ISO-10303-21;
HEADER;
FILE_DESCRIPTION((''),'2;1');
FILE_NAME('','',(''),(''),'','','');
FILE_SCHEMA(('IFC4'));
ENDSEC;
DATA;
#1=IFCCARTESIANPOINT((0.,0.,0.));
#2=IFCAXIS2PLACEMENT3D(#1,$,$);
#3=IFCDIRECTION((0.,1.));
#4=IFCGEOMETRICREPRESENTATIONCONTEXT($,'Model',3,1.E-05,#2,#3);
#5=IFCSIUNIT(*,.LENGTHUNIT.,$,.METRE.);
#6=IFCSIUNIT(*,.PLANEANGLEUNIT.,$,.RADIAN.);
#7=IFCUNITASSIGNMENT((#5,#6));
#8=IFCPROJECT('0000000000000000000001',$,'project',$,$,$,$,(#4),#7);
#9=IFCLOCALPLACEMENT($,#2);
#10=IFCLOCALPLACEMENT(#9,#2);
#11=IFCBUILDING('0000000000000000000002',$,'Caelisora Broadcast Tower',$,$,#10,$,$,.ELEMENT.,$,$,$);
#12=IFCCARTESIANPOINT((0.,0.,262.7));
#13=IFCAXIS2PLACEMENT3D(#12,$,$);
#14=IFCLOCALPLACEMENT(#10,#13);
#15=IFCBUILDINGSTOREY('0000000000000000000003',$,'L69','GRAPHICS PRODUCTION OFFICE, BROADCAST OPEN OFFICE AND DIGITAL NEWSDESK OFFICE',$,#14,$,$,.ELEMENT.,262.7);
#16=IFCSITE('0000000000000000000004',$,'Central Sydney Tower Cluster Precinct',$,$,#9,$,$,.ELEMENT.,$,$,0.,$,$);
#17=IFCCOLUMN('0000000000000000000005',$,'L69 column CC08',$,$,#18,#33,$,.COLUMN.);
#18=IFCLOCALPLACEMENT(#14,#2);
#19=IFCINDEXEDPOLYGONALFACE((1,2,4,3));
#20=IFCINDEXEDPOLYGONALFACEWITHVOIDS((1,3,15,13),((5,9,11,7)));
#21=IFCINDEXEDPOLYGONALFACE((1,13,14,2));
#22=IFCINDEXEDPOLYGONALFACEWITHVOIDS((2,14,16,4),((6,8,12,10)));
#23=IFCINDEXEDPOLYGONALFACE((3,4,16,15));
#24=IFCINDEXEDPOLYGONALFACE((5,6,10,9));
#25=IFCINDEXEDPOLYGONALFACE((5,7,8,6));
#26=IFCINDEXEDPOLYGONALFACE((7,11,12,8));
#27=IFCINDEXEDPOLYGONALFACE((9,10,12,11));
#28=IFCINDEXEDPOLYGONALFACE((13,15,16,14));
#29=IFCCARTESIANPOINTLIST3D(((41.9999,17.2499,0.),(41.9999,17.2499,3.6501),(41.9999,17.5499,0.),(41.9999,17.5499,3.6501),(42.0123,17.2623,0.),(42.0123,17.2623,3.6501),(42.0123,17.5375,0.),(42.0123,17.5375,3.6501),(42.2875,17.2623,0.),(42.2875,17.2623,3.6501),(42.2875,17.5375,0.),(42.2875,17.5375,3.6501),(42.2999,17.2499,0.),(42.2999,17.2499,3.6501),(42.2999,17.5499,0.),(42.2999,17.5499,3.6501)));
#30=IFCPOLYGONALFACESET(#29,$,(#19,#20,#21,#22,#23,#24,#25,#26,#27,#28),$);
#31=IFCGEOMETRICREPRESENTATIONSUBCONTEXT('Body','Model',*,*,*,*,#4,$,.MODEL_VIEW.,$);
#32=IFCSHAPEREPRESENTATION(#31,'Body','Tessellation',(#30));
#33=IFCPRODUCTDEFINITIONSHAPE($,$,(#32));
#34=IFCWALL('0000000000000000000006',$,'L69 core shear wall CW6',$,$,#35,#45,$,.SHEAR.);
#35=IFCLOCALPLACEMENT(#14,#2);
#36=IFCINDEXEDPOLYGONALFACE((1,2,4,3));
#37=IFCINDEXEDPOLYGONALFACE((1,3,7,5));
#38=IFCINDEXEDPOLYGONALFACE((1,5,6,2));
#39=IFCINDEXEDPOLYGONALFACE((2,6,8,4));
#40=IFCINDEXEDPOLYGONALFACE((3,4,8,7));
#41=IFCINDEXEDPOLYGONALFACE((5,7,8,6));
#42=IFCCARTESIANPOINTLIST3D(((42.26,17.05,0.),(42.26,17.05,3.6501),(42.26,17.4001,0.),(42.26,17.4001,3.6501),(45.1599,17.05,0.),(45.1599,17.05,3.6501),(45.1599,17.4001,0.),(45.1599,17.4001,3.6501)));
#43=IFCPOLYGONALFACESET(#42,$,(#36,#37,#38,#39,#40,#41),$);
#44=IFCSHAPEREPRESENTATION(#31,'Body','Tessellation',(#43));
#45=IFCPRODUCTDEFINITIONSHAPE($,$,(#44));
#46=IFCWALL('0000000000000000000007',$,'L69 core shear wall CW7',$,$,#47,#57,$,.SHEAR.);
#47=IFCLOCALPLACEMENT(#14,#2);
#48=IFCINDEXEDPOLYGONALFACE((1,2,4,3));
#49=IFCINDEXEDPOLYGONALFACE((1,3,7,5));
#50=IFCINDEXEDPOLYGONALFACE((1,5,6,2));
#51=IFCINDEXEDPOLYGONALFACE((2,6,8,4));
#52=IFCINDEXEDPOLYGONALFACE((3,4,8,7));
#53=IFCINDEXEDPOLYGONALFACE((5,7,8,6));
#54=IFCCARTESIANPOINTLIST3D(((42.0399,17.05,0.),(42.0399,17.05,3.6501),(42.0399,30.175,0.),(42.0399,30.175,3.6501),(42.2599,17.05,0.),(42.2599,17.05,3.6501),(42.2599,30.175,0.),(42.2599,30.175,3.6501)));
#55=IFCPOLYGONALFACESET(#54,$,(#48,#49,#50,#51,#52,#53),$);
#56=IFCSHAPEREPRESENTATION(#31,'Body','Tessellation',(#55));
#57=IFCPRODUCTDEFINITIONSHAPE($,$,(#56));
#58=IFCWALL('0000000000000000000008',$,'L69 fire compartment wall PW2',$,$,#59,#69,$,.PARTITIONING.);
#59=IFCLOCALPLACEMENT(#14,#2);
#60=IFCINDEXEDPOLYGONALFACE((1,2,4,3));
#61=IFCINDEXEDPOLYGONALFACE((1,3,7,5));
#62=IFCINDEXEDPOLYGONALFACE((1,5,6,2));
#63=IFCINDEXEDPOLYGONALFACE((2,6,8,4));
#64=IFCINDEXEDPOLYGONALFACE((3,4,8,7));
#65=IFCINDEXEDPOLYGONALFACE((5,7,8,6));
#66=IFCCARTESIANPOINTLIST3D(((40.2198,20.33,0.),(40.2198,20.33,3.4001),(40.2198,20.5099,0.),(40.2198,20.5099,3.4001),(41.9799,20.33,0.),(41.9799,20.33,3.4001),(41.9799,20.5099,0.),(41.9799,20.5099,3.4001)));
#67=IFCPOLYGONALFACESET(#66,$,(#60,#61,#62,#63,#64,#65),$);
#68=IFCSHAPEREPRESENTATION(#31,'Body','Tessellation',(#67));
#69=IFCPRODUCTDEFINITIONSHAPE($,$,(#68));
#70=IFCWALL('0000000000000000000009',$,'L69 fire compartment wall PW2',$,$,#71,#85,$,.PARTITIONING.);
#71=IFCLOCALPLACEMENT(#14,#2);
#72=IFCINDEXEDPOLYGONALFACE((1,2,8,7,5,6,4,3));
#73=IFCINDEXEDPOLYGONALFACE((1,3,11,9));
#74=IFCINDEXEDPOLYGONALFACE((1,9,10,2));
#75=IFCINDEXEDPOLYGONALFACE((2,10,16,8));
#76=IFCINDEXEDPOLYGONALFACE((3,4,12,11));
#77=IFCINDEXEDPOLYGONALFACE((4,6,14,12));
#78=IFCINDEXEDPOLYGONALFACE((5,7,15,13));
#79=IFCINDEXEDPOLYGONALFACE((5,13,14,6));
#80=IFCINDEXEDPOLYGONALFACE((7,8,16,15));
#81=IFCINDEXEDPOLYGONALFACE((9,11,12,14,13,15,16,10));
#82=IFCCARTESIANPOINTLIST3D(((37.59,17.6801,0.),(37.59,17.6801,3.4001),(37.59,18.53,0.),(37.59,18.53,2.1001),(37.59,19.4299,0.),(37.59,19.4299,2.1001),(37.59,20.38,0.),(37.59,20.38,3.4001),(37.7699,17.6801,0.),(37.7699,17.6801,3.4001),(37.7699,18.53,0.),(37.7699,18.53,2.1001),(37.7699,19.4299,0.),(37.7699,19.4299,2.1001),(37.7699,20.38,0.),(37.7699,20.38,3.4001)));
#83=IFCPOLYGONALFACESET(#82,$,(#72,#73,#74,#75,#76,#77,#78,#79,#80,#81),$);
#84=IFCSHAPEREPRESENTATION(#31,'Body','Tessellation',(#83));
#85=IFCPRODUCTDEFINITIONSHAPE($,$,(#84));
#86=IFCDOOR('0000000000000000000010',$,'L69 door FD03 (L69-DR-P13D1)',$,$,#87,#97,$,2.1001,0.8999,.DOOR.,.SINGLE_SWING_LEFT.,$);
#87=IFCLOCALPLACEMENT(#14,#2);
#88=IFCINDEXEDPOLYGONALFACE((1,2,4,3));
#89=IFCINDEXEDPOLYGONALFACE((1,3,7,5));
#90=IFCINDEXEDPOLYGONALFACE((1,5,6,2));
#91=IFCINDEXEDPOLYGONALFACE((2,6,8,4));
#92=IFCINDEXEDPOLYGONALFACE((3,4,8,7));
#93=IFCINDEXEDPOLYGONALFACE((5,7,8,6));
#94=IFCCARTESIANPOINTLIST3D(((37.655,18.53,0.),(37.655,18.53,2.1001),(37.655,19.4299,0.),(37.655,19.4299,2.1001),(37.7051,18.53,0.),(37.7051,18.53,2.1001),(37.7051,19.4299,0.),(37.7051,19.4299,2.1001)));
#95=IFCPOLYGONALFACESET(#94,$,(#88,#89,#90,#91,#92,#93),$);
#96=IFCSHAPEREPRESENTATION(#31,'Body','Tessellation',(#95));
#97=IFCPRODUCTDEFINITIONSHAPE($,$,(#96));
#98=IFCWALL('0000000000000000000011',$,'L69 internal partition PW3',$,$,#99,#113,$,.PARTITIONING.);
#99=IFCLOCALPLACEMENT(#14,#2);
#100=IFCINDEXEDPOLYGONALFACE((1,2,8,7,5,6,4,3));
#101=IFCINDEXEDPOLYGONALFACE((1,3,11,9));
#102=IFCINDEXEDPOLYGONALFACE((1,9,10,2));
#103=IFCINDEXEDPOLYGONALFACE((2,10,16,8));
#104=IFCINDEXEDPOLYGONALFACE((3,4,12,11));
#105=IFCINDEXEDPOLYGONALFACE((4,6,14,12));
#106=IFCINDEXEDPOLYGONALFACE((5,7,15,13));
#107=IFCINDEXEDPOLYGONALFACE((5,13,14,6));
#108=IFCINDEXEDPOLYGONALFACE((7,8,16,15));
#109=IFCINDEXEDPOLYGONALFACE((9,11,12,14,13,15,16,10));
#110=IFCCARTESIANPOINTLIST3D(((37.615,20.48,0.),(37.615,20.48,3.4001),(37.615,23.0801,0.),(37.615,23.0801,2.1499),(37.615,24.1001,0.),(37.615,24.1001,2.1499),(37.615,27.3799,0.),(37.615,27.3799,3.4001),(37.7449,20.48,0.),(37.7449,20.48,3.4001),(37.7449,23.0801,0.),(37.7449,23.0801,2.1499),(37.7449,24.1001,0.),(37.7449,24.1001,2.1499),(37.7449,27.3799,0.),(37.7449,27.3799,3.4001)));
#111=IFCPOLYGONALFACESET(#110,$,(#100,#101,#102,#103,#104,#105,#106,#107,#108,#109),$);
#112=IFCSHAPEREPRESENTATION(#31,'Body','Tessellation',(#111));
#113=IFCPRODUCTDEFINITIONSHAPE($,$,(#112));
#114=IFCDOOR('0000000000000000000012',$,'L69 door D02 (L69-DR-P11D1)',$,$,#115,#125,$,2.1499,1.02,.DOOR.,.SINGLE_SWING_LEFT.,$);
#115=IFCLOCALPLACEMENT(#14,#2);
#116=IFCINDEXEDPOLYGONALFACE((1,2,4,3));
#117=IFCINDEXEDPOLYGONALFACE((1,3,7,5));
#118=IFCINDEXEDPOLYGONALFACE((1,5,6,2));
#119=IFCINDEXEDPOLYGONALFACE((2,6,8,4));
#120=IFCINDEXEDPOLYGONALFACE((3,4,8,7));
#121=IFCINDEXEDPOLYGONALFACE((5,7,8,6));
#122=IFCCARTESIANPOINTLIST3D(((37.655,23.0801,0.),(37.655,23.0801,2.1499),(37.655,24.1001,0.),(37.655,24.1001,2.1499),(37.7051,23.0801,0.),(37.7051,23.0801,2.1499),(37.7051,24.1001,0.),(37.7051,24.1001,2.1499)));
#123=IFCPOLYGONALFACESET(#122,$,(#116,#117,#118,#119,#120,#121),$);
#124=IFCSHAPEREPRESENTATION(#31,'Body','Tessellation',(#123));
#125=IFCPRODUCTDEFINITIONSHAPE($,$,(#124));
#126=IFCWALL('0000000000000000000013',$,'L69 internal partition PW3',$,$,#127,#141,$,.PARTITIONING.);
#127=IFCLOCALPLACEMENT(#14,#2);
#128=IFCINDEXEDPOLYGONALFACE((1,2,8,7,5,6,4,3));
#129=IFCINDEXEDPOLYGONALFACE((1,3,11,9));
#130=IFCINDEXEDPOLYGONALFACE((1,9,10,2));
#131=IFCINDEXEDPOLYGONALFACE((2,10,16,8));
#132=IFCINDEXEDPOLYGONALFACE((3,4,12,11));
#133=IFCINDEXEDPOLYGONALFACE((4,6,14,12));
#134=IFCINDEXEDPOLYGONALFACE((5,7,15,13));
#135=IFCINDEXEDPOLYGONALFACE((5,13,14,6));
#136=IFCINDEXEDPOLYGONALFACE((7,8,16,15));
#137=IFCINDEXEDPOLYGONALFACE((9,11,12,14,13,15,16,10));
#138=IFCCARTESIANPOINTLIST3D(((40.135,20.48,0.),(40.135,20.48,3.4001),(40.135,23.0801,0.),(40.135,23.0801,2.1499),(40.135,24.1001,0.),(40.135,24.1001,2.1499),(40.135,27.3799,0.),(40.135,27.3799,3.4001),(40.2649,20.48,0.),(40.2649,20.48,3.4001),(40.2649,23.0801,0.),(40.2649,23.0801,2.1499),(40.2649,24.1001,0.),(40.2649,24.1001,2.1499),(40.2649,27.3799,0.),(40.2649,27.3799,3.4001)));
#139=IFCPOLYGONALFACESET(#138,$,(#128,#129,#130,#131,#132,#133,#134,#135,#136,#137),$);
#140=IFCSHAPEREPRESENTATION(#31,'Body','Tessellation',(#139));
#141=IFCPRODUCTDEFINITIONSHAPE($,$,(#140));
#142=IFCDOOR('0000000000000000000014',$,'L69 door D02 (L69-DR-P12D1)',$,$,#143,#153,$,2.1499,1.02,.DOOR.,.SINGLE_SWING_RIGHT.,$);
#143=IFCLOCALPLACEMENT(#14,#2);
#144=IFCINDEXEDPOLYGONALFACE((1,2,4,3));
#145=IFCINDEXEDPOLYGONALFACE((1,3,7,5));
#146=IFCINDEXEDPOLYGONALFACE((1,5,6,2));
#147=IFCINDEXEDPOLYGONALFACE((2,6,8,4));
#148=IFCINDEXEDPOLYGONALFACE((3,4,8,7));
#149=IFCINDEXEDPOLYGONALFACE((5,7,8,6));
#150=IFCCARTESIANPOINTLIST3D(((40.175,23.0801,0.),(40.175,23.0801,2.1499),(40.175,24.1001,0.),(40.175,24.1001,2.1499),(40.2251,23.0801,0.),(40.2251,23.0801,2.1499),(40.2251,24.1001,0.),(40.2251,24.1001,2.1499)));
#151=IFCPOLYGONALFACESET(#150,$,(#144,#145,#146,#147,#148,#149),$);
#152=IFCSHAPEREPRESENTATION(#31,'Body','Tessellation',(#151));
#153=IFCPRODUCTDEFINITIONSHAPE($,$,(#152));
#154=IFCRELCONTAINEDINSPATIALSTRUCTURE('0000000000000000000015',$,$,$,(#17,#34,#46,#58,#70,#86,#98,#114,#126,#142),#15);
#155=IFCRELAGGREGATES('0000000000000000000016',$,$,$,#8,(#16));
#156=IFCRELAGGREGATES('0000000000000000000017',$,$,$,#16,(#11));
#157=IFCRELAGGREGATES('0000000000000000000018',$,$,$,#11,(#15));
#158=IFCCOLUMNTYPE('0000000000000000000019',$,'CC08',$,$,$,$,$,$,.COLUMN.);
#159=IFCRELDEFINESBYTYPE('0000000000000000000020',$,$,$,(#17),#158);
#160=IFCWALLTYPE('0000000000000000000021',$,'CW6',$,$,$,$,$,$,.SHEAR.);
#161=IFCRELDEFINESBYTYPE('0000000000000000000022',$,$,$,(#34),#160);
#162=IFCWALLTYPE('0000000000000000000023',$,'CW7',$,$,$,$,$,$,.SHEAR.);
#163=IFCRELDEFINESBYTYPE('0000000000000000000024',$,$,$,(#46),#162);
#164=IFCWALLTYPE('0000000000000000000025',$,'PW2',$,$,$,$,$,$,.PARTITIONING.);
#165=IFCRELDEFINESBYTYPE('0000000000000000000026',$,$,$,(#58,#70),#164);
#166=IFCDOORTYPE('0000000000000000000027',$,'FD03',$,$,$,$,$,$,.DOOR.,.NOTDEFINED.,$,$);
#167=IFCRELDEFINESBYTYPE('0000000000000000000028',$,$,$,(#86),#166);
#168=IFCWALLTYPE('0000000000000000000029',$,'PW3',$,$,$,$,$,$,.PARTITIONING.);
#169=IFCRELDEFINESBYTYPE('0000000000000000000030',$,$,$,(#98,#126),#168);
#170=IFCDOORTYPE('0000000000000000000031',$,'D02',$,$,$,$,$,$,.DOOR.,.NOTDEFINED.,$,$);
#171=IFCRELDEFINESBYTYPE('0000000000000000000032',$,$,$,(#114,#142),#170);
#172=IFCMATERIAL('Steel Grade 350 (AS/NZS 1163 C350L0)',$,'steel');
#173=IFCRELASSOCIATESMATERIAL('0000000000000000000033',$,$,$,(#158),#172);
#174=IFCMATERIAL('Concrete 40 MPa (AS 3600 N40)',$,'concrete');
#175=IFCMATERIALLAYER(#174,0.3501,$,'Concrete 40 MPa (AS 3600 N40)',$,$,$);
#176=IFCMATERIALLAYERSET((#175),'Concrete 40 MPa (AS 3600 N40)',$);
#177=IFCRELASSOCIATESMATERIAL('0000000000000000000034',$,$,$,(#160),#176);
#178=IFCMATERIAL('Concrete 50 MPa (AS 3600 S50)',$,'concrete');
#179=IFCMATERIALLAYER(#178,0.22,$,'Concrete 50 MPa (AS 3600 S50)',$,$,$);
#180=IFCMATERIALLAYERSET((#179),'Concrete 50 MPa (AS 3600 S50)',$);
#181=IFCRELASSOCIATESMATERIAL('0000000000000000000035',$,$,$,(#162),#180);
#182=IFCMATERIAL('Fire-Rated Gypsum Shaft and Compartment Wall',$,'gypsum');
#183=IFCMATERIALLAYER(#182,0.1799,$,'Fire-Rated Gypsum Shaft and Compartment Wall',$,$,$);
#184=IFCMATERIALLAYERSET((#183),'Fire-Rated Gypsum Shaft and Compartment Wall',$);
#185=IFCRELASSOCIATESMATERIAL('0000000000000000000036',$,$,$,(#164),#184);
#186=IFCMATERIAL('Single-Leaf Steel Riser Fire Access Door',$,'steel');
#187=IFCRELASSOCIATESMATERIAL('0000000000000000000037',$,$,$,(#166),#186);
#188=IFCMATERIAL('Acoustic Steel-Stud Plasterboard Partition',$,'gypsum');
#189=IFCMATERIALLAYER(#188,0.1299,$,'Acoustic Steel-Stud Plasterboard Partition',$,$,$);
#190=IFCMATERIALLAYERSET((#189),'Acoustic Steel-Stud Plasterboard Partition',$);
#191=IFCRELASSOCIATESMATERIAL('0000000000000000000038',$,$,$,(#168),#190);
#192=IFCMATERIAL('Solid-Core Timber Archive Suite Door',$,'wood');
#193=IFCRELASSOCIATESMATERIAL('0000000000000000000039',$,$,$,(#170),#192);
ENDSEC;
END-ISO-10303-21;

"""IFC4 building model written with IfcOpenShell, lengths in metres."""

from ifc_helpers import new_model, si_unit, direction, frame, frame_2d, origin, origin_2d, place, context, subcontext, project, spatial, rectangle, hollow_rectangle, extrude, source, transform, mapped, material, layer, layer_set, material_profile, profile_set, type_object, type_shapes, element, fill, save


model = new_model("IFC4")

# Units and contexts
model_context = context("Model", 3, precision=1e-05, world=origin(), true_north=direction((0.0, 1.0)))
body_context = subcontext(model_context, "Body", "Model", "MODEL_VIEW")
ifc_project = project(units=[si_unit("LENGTHUNIT", "METRE"), si_unit("PLANEANGLEUNIT", "RADIAN")], contexts=[model_context])

# Site, building, storey
site_placement = place(None, origin())
site = spatial("IfcSite", under=ifc_project, at=site_placement, Name="Central Sydney Tower Cluster Precinct", CompositionType="ELEMENT", RefElevation=0.0)
building_placement = place(site_placement, origin())
building = spatial("IfcBuilding", under=site, at=building_placement, Name="Caelisora Broadcast Tower", CompositionType="ELEMENT")
storey_placement = place(building_placement, frame((0.0, 0.0, 262.7)))
storey = spatial("IfcBuildingStorey", under=building, at=storey_placement, Name="L69", Description="GRAPHICS PRODUCTION OFFICE, BROADCAST OPEN OFFICE AND DIGITAL NEWSDESK OFFICE", CompositionType="ELEMENT", Elevation=262.7)

# Column
ifc_material_1 = material(Name="Steel Grade 350 (AS/NZS 1163 C350L0)", Category="steel")
ifc_material_profile = material_profile(ifc_material_1, hollow_rectangle(XDim=0.3, YDim=0.3, WallThickness=0.0125, at=origin_2d()), Name="Steel Grade 350 (AS/NZS 1163 C350L0)")
ifc_profile_set = profile_set([ifc_material_profile], Name="Steel Grade 350 (AS/NZS 1163 C350L0)")
column_type = type_object("IfcColumnType", Name="CC08", PredefinedType="COLUMN", material=ifc_profile_set)
shared_shape = source(origin(), body_context, "Body", "SweptSolid", [
    extrude(hollow_rectangle(XDim=0.3, YDim=0.3, WallThickness=0.0125, at=origin_2d()), origin(), (0.0, 0.0, 1.0), 3.6501),
])
type_shapes(column_type, [shared_shape])
column_placement = place(storey_placement, frame((42.1499, 17.3999, 0.0), z_axis=(0.0, 0.0, 1.0), x_axis=(1.0, 0.0, 0.0)))
element("IfcColumn", 1, at=column_placement, inside=storey, type_object=column_type, Name="L69 column CC08", PredefinedType="COLUMN", context=body_context, shape_type="MappedRepresentation", body=[
    mapped(shared_shape, transform((0.0, 0.0, 0.0), scale=1.0)),
])

# Walls
ifc_material_2 = material(Name="Concrete 40 MPa (AS 3600 N40)", Category="concrete")
ifc_layer_1 = layer(ifc_material_2, 0.3501, Name="Concrete 40 MPa (AS 3600 N40)")
ifc_layer_set_1 = layer_set([ifc_layer_1], Name="Concrete 40 MPa (AS 3600 N40)")
wall_type_1 = type_object("IfcWallType", Name="CW6", PredefinedType="SHEAR", material=ifc_layer_set_1)
wall_1_placement = place(storey_placement, frame((42.26, 17.2251, 0.0), z_axis=(0.0, 0.0, 1.0), x_axis=(1.0, 0.0, 0.0)))
element("IfcWall", 2, at=wall_1_placement, inside=storey, type_object=wall_type_1, Name="L69 core shear wall CW6", PredefinedType="SHEAR", context=body_context, shape_type="SweptSolid", body=[
    extrude(rectangle(XDim=2.8999, YDim=0.3501, at=frame_2d((1.45, 0.0))), origin(), (0.0, 0.0, 1.0), 3.6501),
])
ifc_material_3 = material(Name="Concrete 50 MPa (AS 3600 S50)", Category="concrete")
ifc_layer_2 = layer(ifc_material_3, 0.22, Name="Concrete 50 MPa (AS 3600 S50)")
ifc_layer_set_2 = layer_set([ifc_layer_2], Name="Concrete 50 MPa (AS 3600 S50)")
wall_type_2 = type_object("IfcWallType", Name="CW7", PredefinedType="SHEAR", material=ifc_layer_set_2)
wall_2_placement = place(storey_placement, frame((42.1499, 17.05, 0.0), z_axis=(0.0, 0.0, 1.0), x_axis=(0.0, 1.0, 0.0)))
element("IfcWall", 3, at=wall_2_placement, inside=storey, type_object=wall_type_2, Name="L69 core shear wall CW7", PredefinedType="SHEAR", context=body_context, shape_type="SweptSolid", body=[
    extrude(rectangle(XDim=13.125, YDim=0.22, at=frame_2d((6.5625, 0.0))), origin(), (0.0, 0.0, 1.0), 3.6501),
])
ifc_material_4 = material(Name="Fire-Rated Gypsum Shaft and Compartment Wall", Category="gypsum")
ifc_layer_3 = layer(ifc_material_4, 0.1799, Name="Fire-Rated Gypsum Shaft and Compartment Wall")
ifc_layer_set_3 = layer_set([ifc_layer_3], Name="Fire-Rated Gypsum Shaft and Compartment Wall")
wall_type_3 = type_object("IfcWallType", Name="PW2", PredefinedType="PARTITIONING", material=ifc_layer_set_3)
wall_3_placement = place(storey_placement, frame((40.22, 20.4199, 0.0), z_axis=(0.0, 0.0, 1.0), x_axis=(1.0, 0.0, 0.0)))
element("IfcWall", 4, at=wall_3_placement, inside=storey, type_object=wall_type_3, Name="L69 fire compartment wall PW2", PredefinedType="PARTITIONING", context=body_context, shape_type="SweptSolid", body=[
    extrude(rectangle(XDim=1.76, YDim=0.1799, at=frame_2d((0.8799, 0.0))), origin(), (0.0, 0.0, 1.0), 3.4001),
])

# Walls, openings, doors
wall_4_placement = place(storey_placement, frame((37.6799, 17.6799, 0.0), z_axis=(0.0, 0.0, 1.0), x_axis=(0.0, 1.0, 0.0)))
wall_4 = element("IfcWall", 5, at=wall_4_placement, inside=storey, type_object=wall_type_3, Name="L69 fire compartment wall PW2", PredefinedType="PARTITIONING", context=body_context, shape_type="SweptSolid", body=[
    extrude(rectangle(XDim=2.7, YDim=0.1799, at=frame_2d((1.3501, 0.0))), origin(), (0.0, 0.0, 1.0), 3.4001),
])
opening_1_placement = place(wall_4_placement, frame((0.8501, 0.0, 0.0)))
opening_1 = element("IfcOpeningElement", 6, at=opening_1_placement, cuts=wall_4, PredefinedType="OPENING", context=body_context, shape_type="SweptSolid", body=[
    extrude(rectangle(XDim=0.8999, YDim=2.1001, at=frame_2d((0.45, 1.05))), frame((0.0, 0.1021, 0.0), z_axis=(0.0, -1.0, 0.0), x_axis=(1.0, 0.0, 0.0)), (0.0, 0.0, 1.0), 0.2039),
])
ifc_material_5 = material(Name="Single-Leaf Steel Riser Fire Access Door", Category="steel")
door_type_1 = type_object("IfcDoorType", Name="FD03", OperationType="NOTDEFINED", PredefinedType="DOOR", material=ifc_material_5)
door_1_placement = place(opening_1_placement, origin())
door_1 = element("IfcDoor", 7, at=door_1_placement, inside=storey, type_object=door_type_1, Name="L69 door FD03 (L69-DR-P13D1)", OperationType="SINGLE_SWING_LEFT", OverallHeight=2.1001, OverallWidth=0.8999, PredefinedType="DOOR", context=body_context, shape_type="SweptSolid", body=[
    extrude(rectangle(XDim=0.8999, YDim=2.1001, at=frame_2d((0.45, 1.05))), frame((0.0, 0.0249, 0.0), z_axis=(0.0, -1.0, 0.0), x_axis=(1.0, 0.0, 0.0)), (0.0, 0.0, 1.0), 0.05),
])
fill(opening_1, door_1)
ifc_material_6 = material(Name="Acoustic Steel-Stud Plasterboard Partition", Category="gypsum")
ifc_layer_4 = layer(ifc_material_6, 0.1299, Name="Acoustic Steel-Stud Plasterboard Partition")
ifc_layer_set_4 = layer_set([ifc_layer_4], Name="Acoustic Steel-Stud Plasterboard Partition")
wall_type_4 = type_object("IfcWallType", Name="PW3", PredefinedType="PARTITIONING", material=ifc_layer_set_4)
wall_5_placement = place(storey_placement, frame((37.6799, 20.48, 0.0), z_axis=(0.0, 0.0, 1.0), x_axis=(0.0, 1.0, 0.0)))
wall_5 = element("IfcWall", 8, at=wall_5_placement, inside=storey, type_object=wall_type_4, Name="L69 internal partition PW3", PredefinedType="PARTITIONING", context=body_context, shape_type="SweptSolid", body=[
    extrude(rectangle(XDim=6.8999, YDim=0.1299, at=frame_2d((3.45, 0.0))), origin(), (0.0, 0.0, 1.0), 3.4001),
])
opening_2_placement = place(wall_5_placement, frame((2.6001, 0.0, 0.0)))
opening_2 = element("IfcOpeningElement", 9, at=opening_2_placement, cuts=wall_5, PredefinedType="OPENING", context=body_context, shape_type="SweptSolid", body=[
    extrude(rectangle(XDim=1.02, YDim=2.1499, at=frame_2d((0.51, 1.075))), frame((0.0, 0.0769, 0.0), z_axis=(0.0, -1.0, 0.0), x_axis=(1.0, 0.0, 0.0)), (0.0, 0.0, 1.0), 0.1538),
])
ifc_material_7 = material(Name="Solid-Core Timber Archive Suite Door", Category="wood")
door_type_2 = type_object("IfcDoorType", Name="D02", OperationType="NOTDEFINED", PredefinedType="DOOR", material=ifc_material_7)
door_2_placement = place(opening_2_placement, origin())
door_2 = element("IfcDoor", 10, at=door_2_placement, inside=storey, type_object=door_type_2, Name="L69 door D02 (L69-DR-P11D1)", OperationType="SINGLE_SWING_LEFT", OverallHeight=2.1499, OverallWidth=1.02, PredefinedType="DOOR", context=body_context, shape_type="SweptSolid", body=[
    extrude(rectangle(XDim=1.02, YDim=2.1499, at=frame_2d((0.51, 1.075))), frame((0.0, 0.0249, 0.0), z_axis=(0.0, -1.0, 0.0), x_axis=(1.0, 0.0, 0.0)), (0.0, 0.0, 1.0), 0.05),
])
fill(opening_2, door_2)
wall_6_placement = place(storey_placement, frame((40.2, 20.48, 0.0), z_axis=(0.0, 0.0, 1.0), x_axis=(0.0, 1.0, 0.0)))
wall_6 = element("IfcWall", 11, at=wall_6_placement, inside=storey, type_object=wall_type_4, Name="L69 internal partition PW3", PredefinedType="PARTITIONING", context=body_context, shape_type="SweptSolid", body=[
    extrude(rectangle(XDim=6.8999, YDim=0.1299, at=frame_2d((3.45, 0.0))), origin(), (0.0, 0.0, 1.0), 3.4001),
])
opening_3_placement = place(wall_6_placement, frame((2.6001, 0.0, 0.0)))
opening_3 = element("IfcOpeningElement", 12, at=opening_3_placement, cuts=wall_6, PredefinedType="OPENING", context=body_context, shape_type="SweptSolid", body=[
    extrude(rectangle(XDim=1.02, YDim=2.1499, at=frame_2d((0.51, 1.075))), frame((0.0, 0.0769, 0.0), z_axis=(0.0, -1.0, 0.0), x_axis=(1.0, 0.0, 0.0)), (0.0, 0.0, 1.0), 0.1538),
])
door_3_placement = place(opening_3_placement, origin())
door_3 = element("IfcDoor", 13, at=door_3_placement, inside=storey, type_object=door_type_2, Name="L69 door D02 (L69-DR-P12D1)", OperationType="SINGLE_SWING_RIGHT", OverallHeight=2.1499, OverallWidth=1.02, PredefinedType="DOOR", context=body_context, shape_type="SweptSolid", body=[
    extrude(rectangle(XDim=1.02, YDim=2.1499, at=frame_2d((0.51, 1.075))), frame((0.0, 0.0249, 0.0), z_axis=(0.0, -1.0, 0.0), x_axis=(1.0, 0.0, 0.0)), (0.0, 0.0, 1.0), 0.05),
])
fill(opening_3, door_3)

save(model, "model.ifc")
